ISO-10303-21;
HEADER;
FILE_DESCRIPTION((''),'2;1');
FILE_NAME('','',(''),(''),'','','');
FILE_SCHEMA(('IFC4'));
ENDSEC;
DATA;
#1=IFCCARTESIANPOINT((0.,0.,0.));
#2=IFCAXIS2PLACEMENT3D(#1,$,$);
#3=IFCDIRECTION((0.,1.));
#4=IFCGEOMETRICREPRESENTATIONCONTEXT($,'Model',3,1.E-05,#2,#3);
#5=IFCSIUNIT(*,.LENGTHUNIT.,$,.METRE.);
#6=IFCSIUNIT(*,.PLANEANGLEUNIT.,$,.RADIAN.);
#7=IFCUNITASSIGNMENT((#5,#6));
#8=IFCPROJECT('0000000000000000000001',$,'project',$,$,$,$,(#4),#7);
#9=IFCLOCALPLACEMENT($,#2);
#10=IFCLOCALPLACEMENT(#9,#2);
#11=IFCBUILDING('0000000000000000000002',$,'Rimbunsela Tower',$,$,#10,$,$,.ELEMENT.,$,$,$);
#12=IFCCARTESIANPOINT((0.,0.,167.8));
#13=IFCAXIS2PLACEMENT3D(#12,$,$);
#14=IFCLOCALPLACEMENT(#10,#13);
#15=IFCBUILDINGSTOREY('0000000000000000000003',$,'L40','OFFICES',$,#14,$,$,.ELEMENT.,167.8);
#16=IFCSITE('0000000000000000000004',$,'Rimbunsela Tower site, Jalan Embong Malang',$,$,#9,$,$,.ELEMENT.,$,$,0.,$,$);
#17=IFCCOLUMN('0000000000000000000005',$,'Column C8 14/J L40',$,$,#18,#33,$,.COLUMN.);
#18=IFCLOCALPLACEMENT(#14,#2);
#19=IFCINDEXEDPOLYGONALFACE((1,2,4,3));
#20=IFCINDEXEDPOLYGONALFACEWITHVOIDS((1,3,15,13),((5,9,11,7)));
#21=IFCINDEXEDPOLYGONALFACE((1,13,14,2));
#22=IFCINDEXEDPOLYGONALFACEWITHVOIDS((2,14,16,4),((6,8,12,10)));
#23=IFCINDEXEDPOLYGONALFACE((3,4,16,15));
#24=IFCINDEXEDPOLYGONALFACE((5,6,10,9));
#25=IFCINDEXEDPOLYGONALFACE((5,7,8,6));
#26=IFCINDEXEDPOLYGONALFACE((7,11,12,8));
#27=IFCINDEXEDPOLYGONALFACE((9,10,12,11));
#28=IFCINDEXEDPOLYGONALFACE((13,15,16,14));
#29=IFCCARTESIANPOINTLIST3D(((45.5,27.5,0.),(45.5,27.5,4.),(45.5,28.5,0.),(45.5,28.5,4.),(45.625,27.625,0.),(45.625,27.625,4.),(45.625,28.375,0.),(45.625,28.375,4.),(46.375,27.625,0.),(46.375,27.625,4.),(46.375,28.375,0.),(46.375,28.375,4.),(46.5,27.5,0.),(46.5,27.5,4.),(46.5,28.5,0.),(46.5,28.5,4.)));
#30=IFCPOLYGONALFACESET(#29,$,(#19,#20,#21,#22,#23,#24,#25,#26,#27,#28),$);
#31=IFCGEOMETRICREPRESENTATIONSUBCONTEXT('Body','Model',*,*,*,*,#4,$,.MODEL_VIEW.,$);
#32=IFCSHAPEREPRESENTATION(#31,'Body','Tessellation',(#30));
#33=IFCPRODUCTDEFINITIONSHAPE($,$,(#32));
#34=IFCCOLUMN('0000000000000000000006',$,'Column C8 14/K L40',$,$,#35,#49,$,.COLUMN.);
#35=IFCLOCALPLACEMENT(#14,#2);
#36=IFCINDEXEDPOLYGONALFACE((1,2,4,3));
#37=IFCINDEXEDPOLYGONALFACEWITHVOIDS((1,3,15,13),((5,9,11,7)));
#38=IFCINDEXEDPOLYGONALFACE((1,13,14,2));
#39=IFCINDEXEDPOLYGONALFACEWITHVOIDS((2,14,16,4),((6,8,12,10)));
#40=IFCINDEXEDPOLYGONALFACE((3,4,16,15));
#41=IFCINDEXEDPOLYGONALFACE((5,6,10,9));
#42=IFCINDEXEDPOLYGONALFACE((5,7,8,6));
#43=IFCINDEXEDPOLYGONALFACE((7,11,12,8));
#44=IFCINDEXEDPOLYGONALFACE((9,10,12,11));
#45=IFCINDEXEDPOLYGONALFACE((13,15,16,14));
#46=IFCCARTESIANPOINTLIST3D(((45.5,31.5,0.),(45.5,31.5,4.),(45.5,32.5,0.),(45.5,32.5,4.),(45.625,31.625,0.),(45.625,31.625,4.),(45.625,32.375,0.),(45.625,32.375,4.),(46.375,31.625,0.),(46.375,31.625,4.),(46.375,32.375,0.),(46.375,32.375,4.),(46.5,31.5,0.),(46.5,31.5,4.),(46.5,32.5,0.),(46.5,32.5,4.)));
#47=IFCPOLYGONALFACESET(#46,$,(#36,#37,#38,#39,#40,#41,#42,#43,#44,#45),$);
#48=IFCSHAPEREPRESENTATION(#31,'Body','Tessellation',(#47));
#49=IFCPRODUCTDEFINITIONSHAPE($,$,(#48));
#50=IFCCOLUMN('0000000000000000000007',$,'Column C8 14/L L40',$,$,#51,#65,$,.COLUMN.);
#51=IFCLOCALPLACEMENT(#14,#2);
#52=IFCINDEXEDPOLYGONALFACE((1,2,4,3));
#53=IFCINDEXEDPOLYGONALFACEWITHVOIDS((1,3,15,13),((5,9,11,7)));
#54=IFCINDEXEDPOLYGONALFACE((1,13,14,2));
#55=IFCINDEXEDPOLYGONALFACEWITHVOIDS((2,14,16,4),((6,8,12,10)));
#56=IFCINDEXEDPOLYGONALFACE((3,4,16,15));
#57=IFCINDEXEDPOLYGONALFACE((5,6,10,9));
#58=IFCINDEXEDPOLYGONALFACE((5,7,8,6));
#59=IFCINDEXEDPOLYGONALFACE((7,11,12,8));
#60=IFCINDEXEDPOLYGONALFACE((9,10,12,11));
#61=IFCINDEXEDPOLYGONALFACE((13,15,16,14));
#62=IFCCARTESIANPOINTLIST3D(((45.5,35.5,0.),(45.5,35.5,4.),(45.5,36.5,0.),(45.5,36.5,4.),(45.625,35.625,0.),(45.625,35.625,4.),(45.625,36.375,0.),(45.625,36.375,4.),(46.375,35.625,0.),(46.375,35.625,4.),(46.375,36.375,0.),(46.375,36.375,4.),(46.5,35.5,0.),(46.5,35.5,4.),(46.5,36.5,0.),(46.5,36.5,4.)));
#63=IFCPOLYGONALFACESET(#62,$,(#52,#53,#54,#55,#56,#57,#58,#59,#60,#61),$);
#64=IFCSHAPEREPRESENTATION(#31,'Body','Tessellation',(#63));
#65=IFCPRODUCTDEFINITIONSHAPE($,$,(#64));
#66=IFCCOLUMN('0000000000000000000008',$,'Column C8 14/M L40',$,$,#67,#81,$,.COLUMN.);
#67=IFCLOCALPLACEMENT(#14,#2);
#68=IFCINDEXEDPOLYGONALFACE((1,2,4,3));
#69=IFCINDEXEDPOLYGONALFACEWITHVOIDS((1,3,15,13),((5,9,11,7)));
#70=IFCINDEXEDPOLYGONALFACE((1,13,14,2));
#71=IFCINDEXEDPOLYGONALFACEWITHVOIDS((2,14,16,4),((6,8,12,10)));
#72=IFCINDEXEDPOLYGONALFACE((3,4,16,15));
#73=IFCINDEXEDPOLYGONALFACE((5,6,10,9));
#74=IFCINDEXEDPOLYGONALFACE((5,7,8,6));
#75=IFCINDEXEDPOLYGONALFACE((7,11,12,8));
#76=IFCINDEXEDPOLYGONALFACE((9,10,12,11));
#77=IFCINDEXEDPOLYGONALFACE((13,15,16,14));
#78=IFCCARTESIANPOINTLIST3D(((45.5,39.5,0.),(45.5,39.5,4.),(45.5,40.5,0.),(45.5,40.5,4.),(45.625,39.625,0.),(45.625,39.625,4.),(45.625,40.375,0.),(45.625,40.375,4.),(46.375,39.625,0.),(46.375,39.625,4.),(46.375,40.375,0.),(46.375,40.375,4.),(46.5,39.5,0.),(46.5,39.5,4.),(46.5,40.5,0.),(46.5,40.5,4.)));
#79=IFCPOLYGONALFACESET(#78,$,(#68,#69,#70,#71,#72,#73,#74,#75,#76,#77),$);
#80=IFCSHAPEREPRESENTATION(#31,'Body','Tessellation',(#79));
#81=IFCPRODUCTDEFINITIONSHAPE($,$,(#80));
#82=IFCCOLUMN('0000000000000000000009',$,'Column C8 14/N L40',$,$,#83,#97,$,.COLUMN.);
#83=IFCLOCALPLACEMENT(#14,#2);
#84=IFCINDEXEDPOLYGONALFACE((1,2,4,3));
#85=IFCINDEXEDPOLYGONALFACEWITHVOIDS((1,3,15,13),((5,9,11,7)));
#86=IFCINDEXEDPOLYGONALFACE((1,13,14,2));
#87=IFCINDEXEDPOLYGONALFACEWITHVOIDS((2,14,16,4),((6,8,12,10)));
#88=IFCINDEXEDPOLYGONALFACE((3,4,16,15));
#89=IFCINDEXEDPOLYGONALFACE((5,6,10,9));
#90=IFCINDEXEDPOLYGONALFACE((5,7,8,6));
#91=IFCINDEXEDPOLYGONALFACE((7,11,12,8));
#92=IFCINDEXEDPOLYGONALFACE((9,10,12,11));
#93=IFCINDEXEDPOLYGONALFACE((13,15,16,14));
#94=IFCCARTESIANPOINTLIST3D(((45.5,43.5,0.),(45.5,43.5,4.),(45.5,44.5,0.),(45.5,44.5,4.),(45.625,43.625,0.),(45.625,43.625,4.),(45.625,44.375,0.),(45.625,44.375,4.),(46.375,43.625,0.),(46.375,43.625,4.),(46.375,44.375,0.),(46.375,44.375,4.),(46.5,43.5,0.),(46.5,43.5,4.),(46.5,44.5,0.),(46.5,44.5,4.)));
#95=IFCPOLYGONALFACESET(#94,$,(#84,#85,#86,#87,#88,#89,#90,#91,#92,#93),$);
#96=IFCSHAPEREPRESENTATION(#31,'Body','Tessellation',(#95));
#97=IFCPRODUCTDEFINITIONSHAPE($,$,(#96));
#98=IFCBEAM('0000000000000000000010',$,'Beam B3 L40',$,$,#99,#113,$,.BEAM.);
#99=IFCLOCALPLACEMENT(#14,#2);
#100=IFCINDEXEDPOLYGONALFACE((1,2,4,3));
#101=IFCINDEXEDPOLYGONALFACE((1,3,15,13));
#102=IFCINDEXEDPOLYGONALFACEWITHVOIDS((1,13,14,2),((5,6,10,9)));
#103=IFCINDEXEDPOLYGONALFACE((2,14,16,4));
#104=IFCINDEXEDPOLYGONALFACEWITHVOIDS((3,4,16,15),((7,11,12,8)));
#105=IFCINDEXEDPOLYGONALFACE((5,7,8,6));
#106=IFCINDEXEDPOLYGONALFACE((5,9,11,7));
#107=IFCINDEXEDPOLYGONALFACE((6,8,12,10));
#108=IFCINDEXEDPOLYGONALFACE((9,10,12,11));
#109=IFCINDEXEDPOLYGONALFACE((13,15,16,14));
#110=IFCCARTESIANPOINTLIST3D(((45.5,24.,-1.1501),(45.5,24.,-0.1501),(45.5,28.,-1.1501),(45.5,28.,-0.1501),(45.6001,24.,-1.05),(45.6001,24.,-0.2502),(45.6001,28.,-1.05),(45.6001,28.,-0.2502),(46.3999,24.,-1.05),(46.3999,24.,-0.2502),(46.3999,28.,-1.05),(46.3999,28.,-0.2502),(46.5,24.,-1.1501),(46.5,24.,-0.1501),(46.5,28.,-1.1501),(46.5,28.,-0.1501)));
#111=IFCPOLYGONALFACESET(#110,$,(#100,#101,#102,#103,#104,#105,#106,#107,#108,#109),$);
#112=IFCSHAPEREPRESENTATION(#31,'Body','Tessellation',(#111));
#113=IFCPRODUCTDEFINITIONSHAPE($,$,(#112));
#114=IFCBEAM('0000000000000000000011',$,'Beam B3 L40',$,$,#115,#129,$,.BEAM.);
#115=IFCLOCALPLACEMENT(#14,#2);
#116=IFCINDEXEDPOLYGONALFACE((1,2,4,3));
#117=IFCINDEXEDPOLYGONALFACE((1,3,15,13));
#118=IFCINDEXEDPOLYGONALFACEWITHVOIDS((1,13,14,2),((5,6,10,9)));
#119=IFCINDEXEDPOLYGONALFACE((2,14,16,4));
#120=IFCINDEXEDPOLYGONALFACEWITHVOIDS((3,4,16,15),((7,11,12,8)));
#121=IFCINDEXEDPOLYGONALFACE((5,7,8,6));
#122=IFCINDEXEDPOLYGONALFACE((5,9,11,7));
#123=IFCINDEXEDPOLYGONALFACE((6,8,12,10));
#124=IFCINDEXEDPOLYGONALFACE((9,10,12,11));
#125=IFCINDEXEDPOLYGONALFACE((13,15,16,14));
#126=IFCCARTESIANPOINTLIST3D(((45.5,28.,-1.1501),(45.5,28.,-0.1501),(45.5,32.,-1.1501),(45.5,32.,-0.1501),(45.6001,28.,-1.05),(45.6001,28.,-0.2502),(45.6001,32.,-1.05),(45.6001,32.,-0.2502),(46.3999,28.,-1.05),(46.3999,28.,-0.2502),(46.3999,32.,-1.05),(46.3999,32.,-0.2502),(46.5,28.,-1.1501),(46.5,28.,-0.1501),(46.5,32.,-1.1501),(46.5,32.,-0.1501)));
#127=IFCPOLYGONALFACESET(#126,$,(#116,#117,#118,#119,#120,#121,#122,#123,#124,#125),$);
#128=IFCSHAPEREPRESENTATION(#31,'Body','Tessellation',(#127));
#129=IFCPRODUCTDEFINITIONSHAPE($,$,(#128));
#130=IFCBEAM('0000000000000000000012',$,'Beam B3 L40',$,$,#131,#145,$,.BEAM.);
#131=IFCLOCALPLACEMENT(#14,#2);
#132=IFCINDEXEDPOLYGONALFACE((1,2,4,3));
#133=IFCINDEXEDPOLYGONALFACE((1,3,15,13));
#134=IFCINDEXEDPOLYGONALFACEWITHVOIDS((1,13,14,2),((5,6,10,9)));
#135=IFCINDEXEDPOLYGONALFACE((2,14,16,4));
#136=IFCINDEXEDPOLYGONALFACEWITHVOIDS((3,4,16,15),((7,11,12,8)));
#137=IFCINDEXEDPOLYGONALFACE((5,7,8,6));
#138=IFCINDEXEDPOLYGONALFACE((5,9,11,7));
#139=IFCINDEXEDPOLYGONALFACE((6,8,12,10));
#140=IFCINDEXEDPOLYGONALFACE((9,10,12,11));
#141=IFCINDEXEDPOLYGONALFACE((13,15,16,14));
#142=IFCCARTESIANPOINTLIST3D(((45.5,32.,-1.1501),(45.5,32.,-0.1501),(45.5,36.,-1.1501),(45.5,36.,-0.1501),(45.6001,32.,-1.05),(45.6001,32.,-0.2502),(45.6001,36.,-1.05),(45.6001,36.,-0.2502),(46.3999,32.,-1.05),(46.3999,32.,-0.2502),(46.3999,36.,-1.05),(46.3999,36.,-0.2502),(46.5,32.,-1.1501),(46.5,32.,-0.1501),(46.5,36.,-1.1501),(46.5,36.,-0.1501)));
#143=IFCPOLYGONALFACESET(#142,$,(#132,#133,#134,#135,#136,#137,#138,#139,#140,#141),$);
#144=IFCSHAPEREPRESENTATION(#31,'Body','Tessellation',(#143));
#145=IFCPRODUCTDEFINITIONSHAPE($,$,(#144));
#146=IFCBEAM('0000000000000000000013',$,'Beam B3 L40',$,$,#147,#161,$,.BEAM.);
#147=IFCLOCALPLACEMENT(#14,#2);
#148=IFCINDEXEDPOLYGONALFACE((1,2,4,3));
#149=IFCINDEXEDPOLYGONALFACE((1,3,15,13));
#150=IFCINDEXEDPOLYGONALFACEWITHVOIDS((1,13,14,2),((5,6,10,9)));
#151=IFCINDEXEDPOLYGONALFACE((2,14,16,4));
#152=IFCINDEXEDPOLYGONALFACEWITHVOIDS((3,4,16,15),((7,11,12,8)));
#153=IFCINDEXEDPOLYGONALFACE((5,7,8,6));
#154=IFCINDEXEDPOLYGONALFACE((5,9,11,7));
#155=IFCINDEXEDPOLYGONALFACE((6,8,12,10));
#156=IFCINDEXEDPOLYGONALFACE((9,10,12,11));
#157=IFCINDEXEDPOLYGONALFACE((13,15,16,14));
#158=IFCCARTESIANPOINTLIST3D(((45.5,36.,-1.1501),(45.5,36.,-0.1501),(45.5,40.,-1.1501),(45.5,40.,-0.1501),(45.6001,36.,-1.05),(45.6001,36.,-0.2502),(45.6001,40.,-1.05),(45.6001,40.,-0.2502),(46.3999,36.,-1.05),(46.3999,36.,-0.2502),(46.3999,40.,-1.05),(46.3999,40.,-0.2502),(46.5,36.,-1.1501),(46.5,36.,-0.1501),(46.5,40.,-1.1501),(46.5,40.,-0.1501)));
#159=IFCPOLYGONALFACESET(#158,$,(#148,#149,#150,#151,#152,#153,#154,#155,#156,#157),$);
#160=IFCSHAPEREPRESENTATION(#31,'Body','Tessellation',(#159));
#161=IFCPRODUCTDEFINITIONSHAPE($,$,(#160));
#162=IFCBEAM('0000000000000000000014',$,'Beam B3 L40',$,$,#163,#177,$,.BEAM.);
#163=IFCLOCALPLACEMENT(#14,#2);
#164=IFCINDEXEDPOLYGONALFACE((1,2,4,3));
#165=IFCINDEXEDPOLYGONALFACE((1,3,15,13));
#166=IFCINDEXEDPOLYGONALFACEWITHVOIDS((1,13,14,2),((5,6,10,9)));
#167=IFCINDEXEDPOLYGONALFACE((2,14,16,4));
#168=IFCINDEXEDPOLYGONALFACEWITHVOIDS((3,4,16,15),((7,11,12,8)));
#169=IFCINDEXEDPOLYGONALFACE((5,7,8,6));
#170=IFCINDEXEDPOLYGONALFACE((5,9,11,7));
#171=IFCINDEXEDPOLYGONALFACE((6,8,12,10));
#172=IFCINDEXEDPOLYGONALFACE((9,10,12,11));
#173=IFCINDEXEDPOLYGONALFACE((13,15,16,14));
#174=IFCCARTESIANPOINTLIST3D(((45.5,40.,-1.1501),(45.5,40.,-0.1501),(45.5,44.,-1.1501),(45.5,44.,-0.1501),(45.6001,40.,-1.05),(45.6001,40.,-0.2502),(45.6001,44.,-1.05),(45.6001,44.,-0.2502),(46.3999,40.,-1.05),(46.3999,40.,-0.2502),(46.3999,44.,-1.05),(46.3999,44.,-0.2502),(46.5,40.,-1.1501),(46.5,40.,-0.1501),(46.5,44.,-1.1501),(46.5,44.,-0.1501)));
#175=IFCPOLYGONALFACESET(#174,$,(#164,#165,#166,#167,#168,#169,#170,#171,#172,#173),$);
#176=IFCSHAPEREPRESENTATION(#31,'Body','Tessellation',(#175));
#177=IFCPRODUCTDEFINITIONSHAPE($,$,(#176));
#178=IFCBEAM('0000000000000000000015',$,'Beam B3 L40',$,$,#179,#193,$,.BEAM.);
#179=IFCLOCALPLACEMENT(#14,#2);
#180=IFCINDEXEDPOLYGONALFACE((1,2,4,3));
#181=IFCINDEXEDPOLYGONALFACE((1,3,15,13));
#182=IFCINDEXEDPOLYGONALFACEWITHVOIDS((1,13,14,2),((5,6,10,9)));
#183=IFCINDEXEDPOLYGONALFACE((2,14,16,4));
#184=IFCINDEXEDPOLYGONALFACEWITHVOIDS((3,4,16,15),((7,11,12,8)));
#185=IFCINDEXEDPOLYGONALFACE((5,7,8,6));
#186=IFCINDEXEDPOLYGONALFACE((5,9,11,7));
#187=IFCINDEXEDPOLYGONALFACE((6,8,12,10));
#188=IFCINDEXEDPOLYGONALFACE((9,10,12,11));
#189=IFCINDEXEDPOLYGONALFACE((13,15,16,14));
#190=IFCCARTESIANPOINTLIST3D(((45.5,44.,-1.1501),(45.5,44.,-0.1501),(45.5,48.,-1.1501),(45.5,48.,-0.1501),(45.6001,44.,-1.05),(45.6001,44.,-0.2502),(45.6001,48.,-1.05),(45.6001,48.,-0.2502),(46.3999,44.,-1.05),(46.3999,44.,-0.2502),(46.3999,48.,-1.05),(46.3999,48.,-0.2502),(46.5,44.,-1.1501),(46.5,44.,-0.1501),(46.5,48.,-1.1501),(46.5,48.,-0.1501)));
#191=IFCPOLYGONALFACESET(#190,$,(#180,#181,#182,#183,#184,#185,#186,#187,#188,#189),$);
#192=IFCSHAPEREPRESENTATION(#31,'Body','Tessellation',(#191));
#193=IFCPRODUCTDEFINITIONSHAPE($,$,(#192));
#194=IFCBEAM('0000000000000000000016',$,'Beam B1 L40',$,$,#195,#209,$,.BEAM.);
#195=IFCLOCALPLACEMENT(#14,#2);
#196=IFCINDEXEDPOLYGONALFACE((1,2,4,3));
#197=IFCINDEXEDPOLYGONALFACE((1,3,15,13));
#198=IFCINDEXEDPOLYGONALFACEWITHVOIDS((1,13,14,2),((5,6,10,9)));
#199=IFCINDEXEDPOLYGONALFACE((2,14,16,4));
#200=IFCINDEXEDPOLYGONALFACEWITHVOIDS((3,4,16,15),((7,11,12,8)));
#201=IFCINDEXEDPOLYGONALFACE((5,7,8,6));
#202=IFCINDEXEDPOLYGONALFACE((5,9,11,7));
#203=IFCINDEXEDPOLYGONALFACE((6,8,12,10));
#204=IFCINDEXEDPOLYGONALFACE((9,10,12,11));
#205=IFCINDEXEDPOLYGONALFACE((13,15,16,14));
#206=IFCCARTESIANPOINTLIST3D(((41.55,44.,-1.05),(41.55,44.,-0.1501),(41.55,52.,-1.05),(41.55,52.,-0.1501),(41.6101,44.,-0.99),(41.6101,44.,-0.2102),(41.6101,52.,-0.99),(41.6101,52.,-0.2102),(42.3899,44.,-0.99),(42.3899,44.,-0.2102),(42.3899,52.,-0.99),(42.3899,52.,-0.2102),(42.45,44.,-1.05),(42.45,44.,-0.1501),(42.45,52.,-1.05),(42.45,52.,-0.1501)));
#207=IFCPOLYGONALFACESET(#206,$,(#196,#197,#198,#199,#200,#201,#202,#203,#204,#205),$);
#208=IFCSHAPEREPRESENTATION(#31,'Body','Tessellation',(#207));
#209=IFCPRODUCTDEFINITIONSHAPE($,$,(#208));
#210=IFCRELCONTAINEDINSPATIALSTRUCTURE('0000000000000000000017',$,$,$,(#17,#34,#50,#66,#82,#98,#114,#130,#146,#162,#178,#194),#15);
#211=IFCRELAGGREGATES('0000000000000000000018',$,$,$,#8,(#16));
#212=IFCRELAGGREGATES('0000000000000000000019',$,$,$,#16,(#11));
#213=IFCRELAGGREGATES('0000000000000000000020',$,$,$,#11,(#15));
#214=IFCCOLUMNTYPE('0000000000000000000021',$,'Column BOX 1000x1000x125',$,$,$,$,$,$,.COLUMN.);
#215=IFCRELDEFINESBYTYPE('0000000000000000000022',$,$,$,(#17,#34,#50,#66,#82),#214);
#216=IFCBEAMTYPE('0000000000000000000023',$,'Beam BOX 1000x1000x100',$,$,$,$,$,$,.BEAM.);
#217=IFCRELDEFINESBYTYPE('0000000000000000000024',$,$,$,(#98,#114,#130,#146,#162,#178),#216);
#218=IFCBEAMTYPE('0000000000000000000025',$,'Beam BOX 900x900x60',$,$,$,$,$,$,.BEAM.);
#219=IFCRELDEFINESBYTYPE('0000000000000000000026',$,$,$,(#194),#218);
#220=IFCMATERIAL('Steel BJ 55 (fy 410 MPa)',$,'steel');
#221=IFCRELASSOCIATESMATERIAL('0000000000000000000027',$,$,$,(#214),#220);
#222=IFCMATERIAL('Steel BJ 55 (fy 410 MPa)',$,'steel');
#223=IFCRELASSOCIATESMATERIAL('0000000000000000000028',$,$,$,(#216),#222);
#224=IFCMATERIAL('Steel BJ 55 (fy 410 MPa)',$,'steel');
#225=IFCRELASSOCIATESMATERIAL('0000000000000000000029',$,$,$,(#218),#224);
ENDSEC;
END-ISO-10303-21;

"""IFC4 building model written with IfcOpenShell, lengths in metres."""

from ifc_helpers import new_model, si_unit, direction, frame, origin, origin_2d, place, context, subcontext, project, spatial, hollow_rectangle, extrude, material, material_profile, profile_set, type_object, element, save


model = new_model("IFC4")

# Units and contexts
model_context = context("Model", 3, precision=1e-05, world=origin(), true_north=direction((0.0, 1.0)))
body_context = subcontext(model_context, "Body", "Model", "MODEL_VIEW")
ifc_project = project(units=[si_unit("LENGTHUNIT", "METRE"), si_unit("PLANEANGLEUNIT", "RADIAN")], contexts=[model_context])

# Site, building, storey
site_placement = place(None, origin())
site = spatial("IfcSite", under=ifc_project, at=site_placement, Name="Rimbunsela Tower site, Jalan Embong Malang", CompositionType="ELEMENT", RefElevation=0.0)
building_placement = place(site_placement, origin())
building = spatial("IfcBuilding", under=site, at=building_placement, Name="Rimbunsela Tower", CompositionType="ELEMENT")
storey_placement = place(building_placement, frame((0.0, 0.0, 167.8)))
storey = spatial("IfcBuildingStorey", under=building, at=storey_placement, Name="L40", Description="OFFICES", CompositionType="ELEMENT", Elevation=167.8)

# Columns
ifc_material_1 = material(Name="Steel BJ 55 (fy 410 MPa)", Category="steel")
ifc_material_profile_1 = material_profile(ifc_material_1, hollow_rectangle(XDim=1.0, YDim=1.0, WallThickness=0.125, at=origin_2d()), Name="BOX 1000x1000x125")
ifc_profile_set_1 = profile_set([ifc_material_profile_1], Name="Steel BJ 55 (fy 410 MPa)")
column_type = type_object("IfcColumnType", Name="Column BOX 1000x1000x125", PredefinedType="COLUMN", material=ifc_profile_set_1)
for number, where, z_axis, x_axis, name in (
    (1, (46.0, 28.0, 0.0), (0.0, 0.0, 1.0), (1.0, 0.0, 0.0), "Column C8 14/J L40"),
    (2, (46.0, 32.0, 0.0), (0.0, 0.0, 1.0), (1.0, 0.0, 0.0), "Column C8 14/K L40"),
    (3, (46.0, 36.0, 0.0), (0.0, 0.0, 1.0), (1.0, 0.0, 0.0), "Column C8 14/L L40"),
    (4, (46.0, 40.0, 0.0), (0.0, 0.0, 1.0), (1.0, 0.0, 0.0), "Column C8 14/M L40"),
    (5, (46.0, 44.0, 0.0), (0.0, 0.0, 1.0), (1.0, 0.0, 0.0), "Column C8 14/N L40"),
):
    element("IfcColumn", number, at=place(storey_placement, frame(where, z_axis=z_axis, x_axis=x_axis)), inside=storey, type_object=column_type, Name=name, PredefinedType="COLUMN", context=body_context, shape_type="SweptSolid", body=[
        extrude(hollow_rectangle(XDim=1.0, YDim=1.0, WallThickness=0.125, at=origin_2d()), origin(), (0.0, 0.0, 1.0), 4.0),
    ])

# Beams
ifc_material_2 = material(Name="Steel BJ 55 (fy 410 MPa)", Category="steel")
ifc_material_profile_2 = material_profile(ifc_material_2, hollow_rectangle(XDim=1.0, YDim=1.0, WallThickness=0.1001, at=origin_2d()), Name="BOX 1000x1000x100")
ifc_profile_set_2 = profile_set([ifc_material_profile_2], Name="Steel BJ 55 (fy 410 MPa)")
beam_type_1 = type_object("IfcBeamType", Name="Beam BOX 1000x1000x100", PredefinedType="BEAM", material=ifc_profile_set_2)
for number, where, z_axis, x_axis, name in (
    (6, (46.0, 24.0, -0.6501), (0.0, 1.0, 0.0), (-1.0, 0.0, 0.0), "Beam B3 L40"),
    (7, (46.0, 28.0, -0.6501), (0.0, 1.0, 0.0), (-1.0, 0.0, 0.0), "Beam B3 L40"),
    (8, (46.0, 32.0, -0.6501), (0.0, 1.0, 0.0), (-1.0, 0.0, 0.0), "Beam B3 L40"),
    (9, (46.0, 36.0, -0.6501), (0.0, 1.0, 0.0), (-1.0, 0.0, 0.0), "Beam B3 L40"),
    (10, (46.0, 40.0, -0.6501), (0.0, 1.0, 0.0), (-1.0, 0.0, 0.0), "Beam B3 L40"),
    (11, (46.0, 44.0, -0.6501), (0.0, 1.0, 0.0), (-1.0, 0.0, 0.0), "Beam B3 L40"),
):
    element("IfcBeam", number, at=place(storey_placement, frame(where, z_axis=z_axis, x_axis=x_axis)), inside=storey, type_object=beam_type_1, Name=name, PredefinedType="BEAM", context=body_context, shape_type="SweptSolid", body=[
        extrude(hollow_rectangle(XDim=1.0, YDim=1.0, WallThickness=0.1001, at=origin_2d()), origin(), (0.0, 0.0, 1.0), 4.0),
    ])
ifc_material_3 = material(Name="Steel BJ 55 (fy 410 MPa)", Category="steel")
ifc_material_profile_3 = material_profile(ifc_material_3, hollow_rectangle(XDim=0.8999, YDim=0.8999, WallThickness=0.0601, at=origin_2d()), Name="BOX 900x900x60")
ifc_profile_set_3 = profile_set([ifc_material_profile_3], Name="Steel BJ 55 (fy 410 MPa)")
beam_type_2 = type_object("IfcBeamType", Name="Beam BOX 900x900x60", PredefinedType="BEAM", material=ifc_profile_set_3)
beam_placement = place(storey_placement, frame((42.0, 44.0, -0.6001), z_axis=(0.0, 1.0, 0.0), x_axis=(-1.0, 0.0, 0.0)))
element("IfcBeam", 12, at=beam_placement, inside=storey, type_object=beam_type_2, Name="Beam B1 L40", PredefinedType="BEAM", context=body_context, shape_type="SweptSolid", body=[
    extrude(hollow_rectangle(XDim=0.8999, YDim=0.8999, WallThickness=0.0601, at=origin_2d()), origin(), (0.0, 0.0, 1.0), 8.0),
])

save(model, "model.ifc")
